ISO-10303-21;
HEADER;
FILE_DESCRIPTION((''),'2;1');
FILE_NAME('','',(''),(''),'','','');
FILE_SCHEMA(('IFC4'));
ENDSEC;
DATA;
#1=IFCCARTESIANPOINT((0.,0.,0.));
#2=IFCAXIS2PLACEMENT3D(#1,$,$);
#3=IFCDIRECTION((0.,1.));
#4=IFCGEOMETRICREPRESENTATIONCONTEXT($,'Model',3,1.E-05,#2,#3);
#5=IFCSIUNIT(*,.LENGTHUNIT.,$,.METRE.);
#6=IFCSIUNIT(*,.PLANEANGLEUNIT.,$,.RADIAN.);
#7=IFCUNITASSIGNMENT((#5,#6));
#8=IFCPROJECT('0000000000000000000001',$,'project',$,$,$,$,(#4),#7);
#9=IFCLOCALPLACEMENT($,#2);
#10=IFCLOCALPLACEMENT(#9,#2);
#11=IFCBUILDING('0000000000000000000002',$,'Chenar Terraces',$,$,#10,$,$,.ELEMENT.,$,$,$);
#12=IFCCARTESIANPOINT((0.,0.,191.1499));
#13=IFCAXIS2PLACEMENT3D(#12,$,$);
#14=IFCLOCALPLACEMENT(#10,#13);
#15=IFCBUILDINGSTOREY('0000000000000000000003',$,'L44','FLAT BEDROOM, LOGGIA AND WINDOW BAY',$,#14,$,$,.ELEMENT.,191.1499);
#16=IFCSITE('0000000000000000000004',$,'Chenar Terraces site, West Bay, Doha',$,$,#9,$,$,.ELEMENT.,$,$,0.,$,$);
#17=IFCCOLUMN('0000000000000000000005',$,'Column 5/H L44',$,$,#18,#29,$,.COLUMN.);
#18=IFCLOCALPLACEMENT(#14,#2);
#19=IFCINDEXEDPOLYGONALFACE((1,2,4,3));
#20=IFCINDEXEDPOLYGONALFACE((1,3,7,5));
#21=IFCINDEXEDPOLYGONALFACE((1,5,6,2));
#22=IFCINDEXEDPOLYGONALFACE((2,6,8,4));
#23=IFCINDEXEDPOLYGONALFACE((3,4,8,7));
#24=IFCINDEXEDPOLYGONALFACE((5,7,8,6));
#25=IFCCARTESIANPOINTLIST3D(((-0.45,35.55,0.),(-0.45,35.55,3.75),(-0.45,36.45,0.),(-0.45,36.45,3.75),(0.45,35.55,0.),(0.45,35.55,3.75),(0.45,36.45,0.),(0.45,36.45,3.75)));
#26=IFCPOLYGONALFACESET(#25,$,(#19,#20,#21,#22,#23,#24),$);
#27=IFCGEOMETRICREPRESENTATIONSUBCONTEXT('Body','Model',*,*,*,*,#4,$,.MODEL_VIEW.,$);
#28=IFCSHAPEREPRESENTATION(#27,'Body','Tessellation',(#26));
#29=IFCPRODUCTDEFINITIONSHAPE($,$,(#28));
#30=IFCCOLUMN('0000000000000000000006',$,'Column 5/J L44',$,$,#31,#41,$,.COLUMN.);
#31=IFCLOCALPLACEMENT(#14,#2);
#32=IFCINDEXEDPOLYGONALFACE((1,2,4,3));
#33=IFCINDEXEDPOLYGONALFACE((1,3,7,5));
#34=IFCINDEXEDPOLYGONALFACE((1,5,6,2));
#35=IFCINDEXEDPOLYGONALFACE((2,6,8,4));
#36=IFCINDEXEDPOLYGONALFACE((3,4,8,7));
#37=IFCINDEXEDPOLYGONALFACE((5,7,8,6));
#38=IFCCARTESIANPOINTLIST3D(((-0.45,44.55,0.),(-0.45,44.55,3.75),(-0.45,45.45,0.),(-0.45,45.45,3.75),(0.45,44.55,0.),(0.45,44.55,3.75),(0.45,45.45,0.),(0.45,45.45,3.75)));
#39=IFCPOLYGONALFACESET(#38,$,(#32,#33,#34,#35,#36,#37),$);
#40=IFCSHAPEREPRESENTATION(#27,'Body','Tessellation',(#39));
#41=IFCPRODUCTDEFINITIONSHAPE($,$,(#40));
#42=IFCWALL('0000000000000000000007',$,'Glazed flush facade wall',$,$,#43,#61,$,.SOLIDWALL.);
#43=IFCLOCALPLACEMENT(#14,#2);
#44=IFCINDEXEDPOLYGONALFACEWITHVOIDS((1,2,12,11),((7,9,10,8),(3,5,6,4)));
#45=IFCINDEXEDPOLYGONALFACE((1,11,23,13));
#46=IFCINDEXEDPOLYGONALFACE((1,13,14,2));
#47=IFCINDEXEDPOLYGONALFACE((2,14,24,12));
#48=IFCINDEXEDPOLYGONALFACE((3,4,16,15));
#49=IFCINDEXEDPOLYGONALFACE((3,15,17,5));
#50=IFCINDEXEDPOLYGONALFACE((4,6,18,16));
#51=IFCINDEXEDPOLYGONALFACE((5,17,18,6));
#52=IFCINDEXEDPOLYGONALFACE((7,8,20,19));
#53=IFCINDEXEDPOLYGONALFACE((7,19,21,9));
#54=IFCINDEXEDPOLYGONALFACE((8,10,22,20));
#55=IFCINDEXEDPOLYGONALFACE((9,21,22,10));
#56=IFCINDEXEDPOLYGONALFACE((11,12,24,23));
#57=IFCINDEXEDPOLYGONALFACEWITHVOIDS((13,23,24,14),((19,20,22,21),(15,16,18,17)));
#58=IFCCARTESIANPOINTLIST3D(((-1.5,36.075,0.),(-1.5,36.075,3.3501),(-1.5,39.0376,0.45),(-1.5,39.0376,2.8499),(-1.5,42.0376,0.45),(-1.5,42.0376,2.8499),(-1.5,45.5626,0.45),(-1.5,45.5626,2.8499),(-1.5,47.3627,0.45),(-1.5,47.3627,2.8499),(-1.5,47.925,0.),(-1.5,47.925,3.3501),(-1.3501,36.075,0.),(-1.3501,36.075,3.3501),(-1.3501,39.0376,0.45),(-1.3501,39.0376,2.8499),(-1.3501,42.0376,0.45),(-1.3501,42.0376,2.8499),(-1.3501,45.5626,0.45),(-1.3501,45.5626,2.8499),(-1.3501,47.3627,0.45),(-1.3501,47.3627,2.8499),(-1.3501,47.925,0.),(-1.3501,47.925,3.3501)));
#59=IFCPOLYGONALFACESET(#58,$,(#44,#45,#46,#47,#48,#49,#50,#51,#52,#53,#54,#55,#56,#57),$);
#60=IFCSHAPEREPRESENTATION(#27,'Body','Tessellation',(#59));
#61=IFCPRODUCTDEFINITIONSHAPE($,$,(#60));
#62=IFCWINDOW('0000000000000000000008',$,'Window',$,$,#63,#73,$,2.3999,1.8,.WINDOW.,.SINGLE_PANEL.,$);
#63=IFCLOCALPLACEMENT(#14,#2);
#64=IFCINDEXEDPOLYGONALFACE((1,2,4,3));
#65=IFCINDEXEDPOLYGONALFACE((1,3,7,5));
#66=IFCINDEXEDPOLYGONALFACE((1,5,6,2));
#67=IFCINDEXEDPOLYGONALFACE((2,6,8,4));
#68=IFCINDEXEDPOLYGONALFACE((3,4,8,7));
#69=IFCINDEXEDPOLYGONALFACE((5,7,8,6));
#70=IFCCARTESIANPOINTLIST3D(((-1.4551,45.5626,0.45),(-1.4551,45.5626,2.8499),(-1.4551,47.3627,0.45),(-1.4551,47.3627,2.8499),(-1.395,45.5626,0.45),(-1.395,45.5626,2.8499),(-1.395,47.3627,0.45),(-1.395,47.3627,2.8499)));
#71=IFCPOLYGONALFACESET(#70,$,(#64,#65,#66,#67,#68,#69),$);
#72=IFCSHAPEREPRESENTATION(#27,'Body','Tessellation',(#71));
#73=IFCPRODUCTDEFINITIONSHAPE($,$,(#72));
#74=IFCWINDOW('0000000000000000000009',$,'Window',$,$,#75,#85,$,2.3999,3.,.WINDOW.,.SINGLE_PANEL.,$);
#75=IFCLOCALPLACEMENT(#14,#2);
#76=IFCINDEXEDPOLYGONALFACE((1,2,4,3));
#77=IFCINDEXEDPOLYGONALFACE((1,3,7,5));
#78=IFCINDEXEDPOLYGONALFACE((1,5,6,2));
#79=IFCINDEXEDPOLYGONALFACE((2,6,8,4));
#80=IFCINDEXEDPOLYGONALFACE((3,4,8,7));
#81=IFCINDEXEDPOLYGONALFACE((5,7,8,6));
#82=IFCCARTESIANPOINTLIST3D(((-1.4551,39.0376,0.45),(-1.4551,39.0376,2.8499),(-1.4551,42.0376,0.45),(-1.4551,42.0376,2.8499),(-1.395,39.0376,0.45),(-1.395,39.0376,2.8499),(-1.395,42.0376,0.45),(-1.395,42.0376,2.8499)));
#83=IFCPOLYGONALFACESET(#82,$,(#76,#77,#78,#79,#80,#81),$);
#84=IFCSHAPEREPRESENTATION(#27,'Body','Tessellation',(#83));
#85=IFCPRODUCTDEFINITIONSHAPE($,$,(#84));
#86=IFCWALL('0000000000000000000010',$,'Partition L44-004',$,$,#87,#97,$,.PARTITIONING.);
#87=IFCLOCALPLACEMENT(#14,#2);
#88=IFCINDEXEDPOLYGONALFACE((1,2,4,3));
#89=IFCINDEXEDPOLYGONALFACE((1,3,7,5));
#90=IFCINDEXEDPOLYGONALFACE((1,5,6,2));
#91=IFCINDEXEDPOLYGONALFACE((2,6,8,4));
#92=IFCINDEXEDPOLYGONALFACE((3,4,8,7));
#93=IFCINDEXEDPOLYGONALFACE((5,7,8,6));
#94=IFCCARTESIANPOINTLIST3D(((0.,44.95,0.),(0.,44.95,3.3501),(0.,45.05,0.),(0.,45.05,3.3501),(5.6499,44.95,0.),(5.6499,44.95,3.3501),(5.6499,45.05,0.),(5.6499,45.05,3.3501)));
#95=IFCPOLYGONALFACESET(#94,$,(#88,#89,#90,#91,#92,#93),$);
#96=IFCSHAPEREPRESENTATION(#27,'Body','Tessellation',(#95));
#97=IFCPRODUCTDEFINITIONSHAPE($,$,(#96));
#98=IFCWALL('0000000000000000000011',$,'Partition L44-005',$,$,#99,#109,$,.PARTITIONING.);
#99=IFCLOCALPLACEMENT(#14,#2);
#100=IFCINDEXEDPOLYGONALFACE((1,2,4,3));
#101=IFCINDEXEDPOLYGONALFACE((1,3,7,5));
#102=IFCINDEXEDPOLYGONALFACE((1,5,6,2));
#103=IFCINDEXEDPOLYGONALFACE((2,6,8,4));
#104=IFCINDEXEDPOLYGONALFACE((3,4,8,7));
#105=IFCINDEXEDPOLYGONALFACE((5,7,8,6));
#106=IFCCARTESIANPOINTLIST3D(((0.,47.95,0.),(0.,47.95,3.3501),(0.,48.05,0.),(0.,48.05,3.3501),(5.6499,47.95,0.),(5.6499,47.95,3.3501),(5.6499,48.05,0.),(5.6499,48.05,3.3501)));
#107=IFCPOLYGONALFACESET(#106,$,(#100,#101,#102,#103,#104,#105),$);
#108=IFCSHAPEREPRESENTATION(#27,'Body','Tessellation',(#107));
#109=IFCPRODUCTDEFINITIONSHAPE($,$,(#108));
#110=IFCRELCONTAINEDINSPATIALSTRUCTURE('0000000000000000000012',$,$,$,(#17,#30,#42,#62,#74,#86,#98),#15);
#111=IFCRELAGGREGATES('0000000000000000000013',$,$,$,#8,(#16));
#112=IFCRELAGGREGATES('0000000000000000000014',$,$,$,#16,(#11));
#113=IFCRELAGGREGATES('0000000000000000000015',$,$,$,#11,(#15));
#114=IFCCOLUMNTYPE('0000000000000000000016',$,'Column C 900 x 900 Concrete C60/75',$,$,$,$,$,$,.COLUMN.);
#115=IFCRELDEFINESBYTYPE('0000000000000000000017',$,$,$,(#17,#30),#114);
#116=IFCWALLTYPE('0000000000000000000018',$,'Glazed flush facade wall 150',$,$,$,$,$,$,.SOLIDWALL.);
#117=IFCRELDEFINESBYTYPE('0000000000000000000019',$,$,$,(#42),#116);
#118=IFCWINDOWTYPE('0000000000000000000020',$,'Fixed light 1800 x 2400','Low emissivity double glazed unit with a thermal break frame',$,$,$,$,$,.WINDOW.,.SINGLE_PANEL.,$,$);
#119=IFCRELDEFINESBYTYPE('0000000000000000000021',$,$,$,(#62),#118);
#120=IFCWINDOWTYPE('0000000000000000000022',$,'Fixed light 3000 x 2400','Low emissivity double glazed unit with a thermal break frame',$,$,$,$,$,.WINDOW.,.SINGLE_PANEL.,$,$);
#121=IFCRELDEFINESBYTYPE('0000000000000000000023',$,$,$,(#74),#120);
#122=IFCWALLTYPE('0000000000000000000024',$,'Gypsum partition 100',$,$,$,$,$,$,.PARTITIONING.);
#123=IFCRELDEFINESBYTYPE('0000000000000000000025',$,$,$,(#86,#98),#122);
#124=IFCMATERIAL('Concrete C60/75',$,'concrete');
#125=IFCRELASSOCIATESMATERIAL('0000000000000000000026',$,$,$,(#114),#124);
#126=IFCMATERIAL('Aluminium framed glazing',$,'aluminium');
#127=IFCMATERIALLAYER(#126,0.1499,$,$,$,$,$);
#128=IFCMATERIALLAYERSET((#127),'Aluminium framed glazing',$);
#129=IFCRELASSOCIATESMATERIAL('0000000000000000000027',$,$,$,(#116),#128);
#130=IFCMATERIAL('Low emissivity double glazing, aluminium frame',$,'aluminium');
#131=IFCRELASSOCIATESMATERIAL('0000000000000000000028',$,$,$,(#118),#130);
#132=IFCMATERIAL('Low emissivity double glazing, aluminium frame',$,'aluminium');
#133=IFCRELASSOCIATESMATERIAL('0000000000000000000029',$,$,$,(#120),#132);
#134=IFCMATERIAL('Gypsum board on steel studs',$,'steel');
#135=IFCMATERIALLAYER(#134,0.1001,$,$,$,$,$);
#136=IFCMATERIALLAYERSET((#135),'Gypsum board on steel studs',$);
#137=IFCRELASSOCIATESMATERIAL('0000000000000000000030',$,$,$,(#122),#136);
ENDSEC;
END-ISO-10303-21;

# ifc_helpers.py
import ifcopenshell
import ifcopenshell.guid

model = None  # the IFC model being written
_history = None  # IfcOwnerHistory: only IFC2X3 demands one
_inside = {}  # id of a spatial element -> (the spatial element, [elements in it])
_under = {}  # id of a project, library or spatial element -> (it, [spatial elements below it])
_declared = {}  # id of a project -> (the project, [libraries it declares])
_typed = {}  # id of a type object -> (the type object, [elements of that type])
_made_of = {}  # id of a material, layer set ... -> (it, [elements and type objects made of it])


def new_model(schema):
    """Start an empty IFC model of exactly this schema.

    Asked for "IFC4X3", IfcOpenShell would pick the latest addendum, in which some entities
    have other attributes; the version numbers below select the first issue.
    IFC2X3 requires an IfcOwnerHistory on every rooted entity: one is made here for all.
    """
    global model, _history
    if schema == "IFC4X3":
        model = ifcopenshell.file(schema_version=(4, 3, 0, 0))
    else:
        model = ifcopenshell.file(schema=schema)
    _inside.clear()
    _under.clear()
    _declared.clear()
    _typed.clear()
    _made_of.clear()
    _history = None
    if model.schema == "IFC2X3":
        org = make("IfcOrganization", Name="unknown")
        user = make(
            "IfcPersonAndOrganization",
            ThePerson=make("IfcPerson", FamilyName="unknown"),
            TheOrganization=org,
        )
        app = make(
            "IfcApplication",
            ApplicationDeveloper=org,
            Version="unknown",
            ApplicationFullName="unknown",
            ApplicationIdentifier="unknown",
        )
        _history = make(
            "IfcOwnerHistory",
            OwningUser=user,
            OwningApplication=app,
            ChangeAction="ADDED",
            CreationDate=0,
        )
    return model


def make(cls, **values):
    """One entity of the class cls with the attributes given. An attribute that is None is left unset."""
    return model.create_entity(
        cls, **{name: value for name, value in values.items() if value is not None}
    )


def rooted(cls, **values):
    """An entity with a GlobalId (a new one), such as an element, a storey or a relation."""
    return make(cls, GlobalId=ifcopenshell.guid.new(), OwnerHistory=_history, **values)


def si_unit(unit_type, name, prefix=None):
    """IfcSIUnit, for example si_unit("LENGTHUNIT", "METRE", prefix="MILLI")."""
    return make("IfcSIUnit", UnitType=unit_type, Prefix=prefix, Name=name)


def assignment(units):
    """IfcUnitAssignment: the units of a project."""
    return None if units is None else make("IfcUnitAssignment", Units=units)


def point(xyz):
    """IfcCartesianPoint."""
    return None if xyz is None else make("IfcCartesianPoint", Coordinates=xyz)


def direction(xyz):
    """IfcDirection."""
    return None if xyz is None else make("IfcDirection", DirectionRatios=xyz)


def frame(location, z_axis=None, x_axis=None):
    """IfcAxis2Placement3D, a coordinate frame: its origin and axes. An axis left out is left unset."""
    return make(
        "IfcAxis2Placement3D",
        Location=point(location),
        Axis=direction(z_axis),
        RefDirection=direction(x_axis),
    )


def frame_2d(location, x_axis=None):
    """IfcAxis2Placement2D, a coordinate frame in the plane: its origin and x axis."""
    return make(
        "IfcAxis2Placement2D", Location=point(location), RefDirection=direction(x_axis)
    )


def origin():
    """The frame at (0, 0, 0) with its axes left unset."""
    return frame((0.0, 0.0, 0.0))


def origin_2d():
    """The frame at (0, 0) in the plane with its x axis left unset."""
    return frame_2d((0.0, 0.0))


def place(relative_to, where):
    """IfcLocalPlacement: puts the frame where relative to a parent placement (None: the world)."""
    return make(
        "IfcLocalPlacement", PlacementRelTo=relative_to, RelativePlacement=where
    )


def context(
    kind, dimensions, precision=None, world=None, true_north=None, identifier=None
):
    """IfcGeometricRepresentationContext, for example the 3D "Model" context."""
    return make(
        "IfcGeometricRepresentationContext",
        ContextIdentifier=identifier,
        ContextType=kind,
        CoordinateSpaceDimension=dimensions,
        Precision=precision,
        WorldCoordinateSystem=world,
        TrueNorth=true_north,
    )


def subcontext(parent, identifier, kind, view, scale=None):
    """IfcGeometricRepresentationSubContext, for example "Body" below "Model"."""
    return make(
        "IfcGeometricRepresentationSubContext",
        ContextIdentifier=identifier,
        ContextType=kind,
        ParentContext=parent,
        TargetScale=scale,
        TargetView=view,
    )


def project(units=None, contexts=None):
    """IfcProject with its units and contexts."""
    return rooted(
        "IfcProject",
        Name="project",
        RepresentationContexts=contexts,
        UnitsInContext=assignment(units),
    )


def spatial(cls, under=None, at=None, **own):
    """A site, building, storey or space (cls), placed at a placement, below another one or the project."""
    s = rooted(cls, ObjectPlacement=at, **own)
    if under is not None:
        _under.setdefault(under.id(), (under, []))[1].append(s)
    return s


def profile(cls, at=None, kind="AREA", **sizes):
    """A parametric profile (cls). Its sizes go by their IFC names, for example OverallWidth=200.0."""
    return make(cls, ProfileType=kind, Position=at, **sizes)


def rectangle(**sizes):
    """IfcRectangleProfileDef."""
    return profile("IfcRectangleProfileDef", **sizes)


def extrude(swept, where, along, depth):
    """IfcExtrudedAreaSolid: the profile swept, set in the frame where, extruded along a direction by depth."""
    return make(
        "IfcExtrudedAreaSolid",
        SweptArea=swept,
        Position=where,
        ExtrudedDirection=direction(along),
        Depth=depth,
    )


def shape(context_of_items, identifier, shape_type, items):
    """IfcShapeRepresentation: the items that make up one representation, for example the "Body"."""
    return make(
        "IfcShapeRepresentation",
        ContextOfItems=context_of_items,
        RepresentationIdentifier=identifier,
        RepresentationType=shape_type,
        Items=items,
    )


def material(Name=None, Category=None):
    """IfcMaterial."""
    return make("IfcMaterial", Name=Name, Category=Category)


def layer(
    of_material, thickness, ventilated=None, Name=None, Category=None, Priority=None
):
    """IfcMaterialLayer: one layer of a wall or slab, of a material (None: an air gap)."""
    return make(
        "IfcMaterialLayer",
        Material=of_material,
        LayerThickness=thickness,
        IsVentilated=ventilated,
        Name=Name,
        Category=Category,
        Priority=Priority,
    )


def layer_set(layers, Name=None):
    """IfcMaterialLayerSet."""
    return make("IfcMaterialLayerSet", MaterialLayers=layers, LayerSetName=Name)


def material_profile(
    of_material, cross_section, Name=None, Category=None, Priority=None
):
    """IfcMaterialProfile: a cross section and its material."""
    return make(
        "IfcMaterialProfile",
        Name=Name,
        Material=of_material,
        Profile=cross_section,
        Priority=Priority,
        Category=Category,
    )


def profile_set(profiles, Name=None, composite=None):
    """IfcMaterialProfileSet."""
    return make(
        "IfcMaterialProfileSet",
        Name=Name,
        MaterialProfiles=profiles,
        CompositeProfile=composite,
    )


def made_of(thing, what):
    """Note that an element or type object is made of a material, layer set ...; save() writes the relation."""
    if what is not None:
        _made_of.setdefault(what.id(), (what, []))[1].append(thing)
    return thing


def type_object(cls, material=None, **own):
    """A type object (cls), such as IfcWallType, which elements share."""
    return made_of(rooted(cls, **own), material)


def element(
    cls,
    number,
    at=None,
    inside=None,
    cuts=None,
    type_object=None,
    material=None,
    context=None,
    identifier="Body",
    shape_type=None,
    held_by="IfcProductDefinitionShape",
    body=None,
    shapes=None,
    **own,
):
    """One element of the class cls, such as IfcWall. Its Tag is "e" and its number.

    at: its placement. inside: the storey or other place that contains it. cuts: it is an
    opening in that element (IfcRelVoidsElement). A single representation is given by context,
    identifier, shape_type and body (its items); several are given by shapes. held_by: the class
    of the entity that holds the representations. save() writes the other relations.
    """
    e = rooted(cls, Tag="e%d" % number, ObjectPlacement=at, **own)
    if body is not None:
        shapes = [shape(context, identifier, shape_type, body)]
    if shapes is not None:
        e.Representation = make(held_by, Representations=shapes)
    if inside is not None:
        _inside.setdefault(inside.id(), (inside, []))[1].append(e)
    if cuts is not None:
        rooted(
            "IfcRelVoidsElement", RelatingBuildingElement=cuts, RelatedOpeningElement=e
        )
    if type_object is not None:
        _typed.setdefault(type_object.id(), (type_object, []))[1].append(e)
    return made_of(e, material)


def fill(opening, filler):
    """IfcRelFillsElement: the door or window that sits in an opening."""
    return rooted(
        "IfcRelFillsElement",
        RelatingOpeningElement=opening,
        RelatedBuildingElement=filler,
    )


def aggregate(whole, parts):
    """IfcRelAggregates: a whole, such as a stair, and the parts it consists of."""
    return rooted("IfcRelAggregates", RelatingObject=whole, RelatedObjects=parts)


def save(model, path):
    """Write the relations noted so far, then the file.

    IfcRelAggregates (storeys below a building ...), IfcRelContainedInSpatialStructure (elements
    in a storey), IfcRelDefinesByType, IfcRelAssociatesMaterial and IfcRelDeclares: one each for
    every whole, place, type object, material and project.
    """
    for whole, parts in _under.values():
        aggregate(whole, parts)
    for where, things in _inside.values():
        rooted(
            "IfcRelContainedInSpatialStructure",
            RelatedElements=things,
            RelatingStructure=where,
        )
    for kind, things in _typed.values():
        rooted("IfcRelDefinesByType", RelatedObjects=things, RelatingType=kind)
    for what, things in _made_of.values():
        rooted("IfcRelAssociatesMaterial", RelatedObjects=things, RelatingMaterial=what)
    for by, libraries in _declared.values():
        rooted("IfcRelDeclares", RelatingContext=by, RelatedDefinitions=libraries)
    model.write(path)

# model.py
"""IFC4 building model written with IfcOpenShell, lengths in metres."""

from ifc_helpers import new_model, si_unit, direction, frame, frame_2d, origin, origin_2d, place, context, subcontext, project, spatial, rectangle, extrude, material, layer, layer_set, material_profile, profile_set, type_object, element, fill, save


model = new_model("IFC4")

# Units and contexts
model_context = context("Model", 3, precision=1e-05, world=origin(), true_north=direction((0.0, 1.0)))
body_context = subcontext(model_context, "Body", "Model", "MODEL_VIEW")
ifc_project = project(units=[si_unit("LENGTHUNIT", "METRE"), si_unit("PLANEANGLEUNIT", "RADIAN")], contexts=[model_context])

# Site, building, storey
site_placement = place(None, origin())
site = spatial("IfcSite", under=ifc_project, at=site_placement, Name="Chenar Terraces site, West Bay, Doha", CompositionType="ELEMENT", RefElevation=0.0)
building_placement = place(site_placement, origin())
building = spatial("IfcBuilding", under=site, at=building_placement, Name="Chenar Terraces", CompositionType="ELEMENT")
storey_placement = place(building_placement, frame((0.0, 0.0, 191.1499)))
storey = spatial("IfcBuildingStorey", under=building, at=storey_placement, Name="L44", Description="FLAT BEDROOM, LOGGIA AND WINDOW BAY", CompositionType="ELEMENT", Elevation=191.1499)

# Columns
ifc_material_1 = material(Name="Concrete C60/75", Category="concrete")
ifc_material_profile = material_profile(ifc_material_1, rectangle(XDim=0.8999, YDim=0.8999, at=origin_2d()), Name="C 900 x 900")
ifc_profile_set = profile_set([ifc_material_profile], Name="Concrete C60/75")
column_type = type_object("IfcColumnType", Name="Column C 900 x 900 Concrete C60/75", PredefinedType="COLUMN", material=ifc_profile_set)
placement_1 = place(storey_placement, frame((0.0, 36.0, 0.0), z_axis=(0.0, 0.0, 1.0), x_axis=(1.0, 0.0, 0.0)))
element("IfcColumn", 1, at=placement_1, inside=storey, type_object=column_type, Name="Column 5/H L44", PredefinedType="COLUMN", context=body_context, shape_type="SweptSolid", body=[
    extrude(rectangle(XDim=0.8999, YDim=0.8999, at=origin_2d()), origin(), (0.0, 0.0, 1.0), 3.75),
])
placement_2 = place(storey_placement, frame((0.0, 45.0, 0.0), z_axis=(0.0, 0.0, 1.0), x_axis=(1.0, 0.0, 0.0)))
element("IfcColumn", 2, at=placement_2, inside=storey, type_object=column_type, Name="Column 5/J L44", PredefinedType="COLUMN", context=body_context, shape_type="SweptSolid", body=[
    extrude(rectangle(XDim=0.8999, YDim=0.8999, at=origin_2d()), origin(), (0.0, 0.0, 1.0), 3.75),
])

# Wall, openings, windows
ifc_material_2 = material(Name="Aluminium framed glazing", Category="aluminium")
ifc_layer_1 = layer(ifc_material_2, 0.1499)
ifc_layer_set_1 = layer_set([ifc_layer_1], Name="Aluminium framed glazing")
wall_type_1 = type_object("IfcWallType", Name="Glazed flush facade wall 150", PredefinedType="SOLIDWALL", material=ifc_layer_set_1)
wall_1_placement = place(storey_placement, frame((-1.425, 47.925, 0.0), z_axis=(0.0, 0.0, 1.0), x_axis=(0.0, -1.0, 0.0)))
wall_1 = element("IfcWall", 3, at=wall_1_placement, inside=storey, type_object=wall_type_1, Name="Glazed flush facade wall", PredefinedType="SOLIDWALL", context=body_context, shape_type="SweptSolid", body=[
    extrude(rectangle(XDim=11.8501, YDim=0.1499, at=frame_2d((5.925, 0.0))), origin(), (0.0, 0.0, 1.0), 3.3501),
])
opening_1_placement = place(wall_1_placement, frame((0.5625, 0.0, 0.45)))
opening_1 = element("IfcOpeningElement", 4, at=opening_1_placement, cuts=wall_1, PredefinedType="OPENING", context=body_context, shape_type="SweptSolid", body=[
    extrude(rectangle(XDim=1.8, YDim=2.3999, at=frame_2d((0.8999, 1.2))), frame((0.0, 0.085, 0.0), z_axis=(0.0, -1.0, 0.0), x_axis=(1.0, 0.0, 0.0)), (0.0, 0.0, 1.0), 0.1699),
])
opening_2_placement = place(wall_1_placement, frame((5.8875, 0.0, 0.45)))
opening_2 = element("IfcOpeningElement", 5, at=opening_2_placement, cuts=wall_1, PredefinedType="OPENING", context=body_context, shape_type="SweptSolid", body=[
    extrude(rectangle(XDim=3.0, YDim=2.3999, at=frame_2d((1.5, 1.2))), frame((0.0, 0.085, 0.0), z_axis=(0.0, -1.0, 0.0), x_axis=(1.0, 0.0, 0.0)), (0.0, 0.0, 1.0), 0.1699),
])
ifc_material_3 = material(Name="Low emissivity double glazing, aluminium frame", Category="aluminium")
window_type_1 = type_object("IfcWindowType", Name="Fixed light 1800 x 2400", Description="Low emissivity double glazed unit with a thermal break frame", PartitioningType="SINGLE_PANEL", PredefinedType="WINDOW", material=ifc_material_3)
window_1_placement = place(opening_1_placement, origin())
window_1 = element("IfcWindow", 6, at=window_1_placement, inside=storey, type_object=window_type_1, Name="Window", OverallHeight=2.3999, OverallWidth=1.8, PartitioningType="SINGLE_PANEL", PredefinedType="WINDOW", context=body_context, shape_type="SweptSolid", body=[
    extrude(rectangle(XDim=1.8, YDim=2.3999, at=frame_2d((0.8999, 1.2))), frame((0.0, 0.03, 0.0), z_axis=(0.0, -1.0, 0.0), x_axis=(1.0, 0.0, 0.0)), (0.0, 0.0, 1.0), 0.0601),
])
fill(opening_1, window_1)
ifc_material_4 = material(Name="Low emissivity double glazing, aluminium frame", Category="aluminium")
window_type_2 = type_object("IfcWindowType", Name="Fixed light 3000 x 2400", Description="Low emissivity double glazed unit with a thermal break frame", PartitioningType="SINGLE_PANEL", PredefinedType="WINDOW", material=ifc_material_4)
window_2_placement = place(opening_2_placement, origin())
window_2 = element("IfcWindow", 7, at=window_2_placement, inside=storey, type_object=window_type_2, Name="Window", OverallHeight=2.3999, OverallWidth=3.0, PartitioningType="SINGLE_PANEL", PredefinedType="WINDOW", context=body_context, shape_type="SweptSolid", body=[
    extrude(rectangle(XDim=3.0, YDim=2.3999, at=frame_2d((1.5, 1.2))), frame((0.0, 0.03, 0.0), z_axis=(0.0, -1.0, 0.0), x_axis=(1.0, 0.0, 0.0)), (0.0, 0.0, 1.0), 0.0601),
])
fill(opening_2, window_2)

# Walls
ifc_material_5 = material(Name="Gypsum board on steel studs", Category="steel")
ifc_layer_2 = layer(ifc_material_5, 0.1001)
ifc_layer_set_2 = layer_set([ifc_layer_2], Name="Gypsum board on steel studs")
wall_type_2 = type_object("IfcWallType", Name="Gypsum partition 100", PredefinedType="PARTITIONING", material=ifc_layer_set_2)
element("IfcWall", 8, at=placement_2, inside=storey, type_object=wall_type_2, Name="Partition L44-004", PredefinedType="PARTITIONING", context=body_context, shape_type="SweptSolid", body=[
    extrude(rectangle(XDim=5.6499, YDim=0.1001, at=frame_2d((2.825, 0.0))), origin(), (0.0, 0.0, 1.0), 3.3501),
])
wall_2_placement = place(storey_placement, frame((0.0, 48.0, 0.0), z_axis=(0.0, 0.0, 1.0), x_axis=(1.0, 0.0, 0.0)))
element("IfcWall", 9, at=wall_2_placement, inside=storey, type_object=wall_type_2, Name="Partition L44-005", PredefinedType="PARTITIONING", context=body_context, shape_type="SweptSolid", body=[
    extrude(rectangle(XDim=5.6499, YDim=0.1001, at=frame_2d((2.825, 0.0))), origin(), (0.0, 0.0, 1.0), 3.3501),
])

save(model, "model.ifc")
